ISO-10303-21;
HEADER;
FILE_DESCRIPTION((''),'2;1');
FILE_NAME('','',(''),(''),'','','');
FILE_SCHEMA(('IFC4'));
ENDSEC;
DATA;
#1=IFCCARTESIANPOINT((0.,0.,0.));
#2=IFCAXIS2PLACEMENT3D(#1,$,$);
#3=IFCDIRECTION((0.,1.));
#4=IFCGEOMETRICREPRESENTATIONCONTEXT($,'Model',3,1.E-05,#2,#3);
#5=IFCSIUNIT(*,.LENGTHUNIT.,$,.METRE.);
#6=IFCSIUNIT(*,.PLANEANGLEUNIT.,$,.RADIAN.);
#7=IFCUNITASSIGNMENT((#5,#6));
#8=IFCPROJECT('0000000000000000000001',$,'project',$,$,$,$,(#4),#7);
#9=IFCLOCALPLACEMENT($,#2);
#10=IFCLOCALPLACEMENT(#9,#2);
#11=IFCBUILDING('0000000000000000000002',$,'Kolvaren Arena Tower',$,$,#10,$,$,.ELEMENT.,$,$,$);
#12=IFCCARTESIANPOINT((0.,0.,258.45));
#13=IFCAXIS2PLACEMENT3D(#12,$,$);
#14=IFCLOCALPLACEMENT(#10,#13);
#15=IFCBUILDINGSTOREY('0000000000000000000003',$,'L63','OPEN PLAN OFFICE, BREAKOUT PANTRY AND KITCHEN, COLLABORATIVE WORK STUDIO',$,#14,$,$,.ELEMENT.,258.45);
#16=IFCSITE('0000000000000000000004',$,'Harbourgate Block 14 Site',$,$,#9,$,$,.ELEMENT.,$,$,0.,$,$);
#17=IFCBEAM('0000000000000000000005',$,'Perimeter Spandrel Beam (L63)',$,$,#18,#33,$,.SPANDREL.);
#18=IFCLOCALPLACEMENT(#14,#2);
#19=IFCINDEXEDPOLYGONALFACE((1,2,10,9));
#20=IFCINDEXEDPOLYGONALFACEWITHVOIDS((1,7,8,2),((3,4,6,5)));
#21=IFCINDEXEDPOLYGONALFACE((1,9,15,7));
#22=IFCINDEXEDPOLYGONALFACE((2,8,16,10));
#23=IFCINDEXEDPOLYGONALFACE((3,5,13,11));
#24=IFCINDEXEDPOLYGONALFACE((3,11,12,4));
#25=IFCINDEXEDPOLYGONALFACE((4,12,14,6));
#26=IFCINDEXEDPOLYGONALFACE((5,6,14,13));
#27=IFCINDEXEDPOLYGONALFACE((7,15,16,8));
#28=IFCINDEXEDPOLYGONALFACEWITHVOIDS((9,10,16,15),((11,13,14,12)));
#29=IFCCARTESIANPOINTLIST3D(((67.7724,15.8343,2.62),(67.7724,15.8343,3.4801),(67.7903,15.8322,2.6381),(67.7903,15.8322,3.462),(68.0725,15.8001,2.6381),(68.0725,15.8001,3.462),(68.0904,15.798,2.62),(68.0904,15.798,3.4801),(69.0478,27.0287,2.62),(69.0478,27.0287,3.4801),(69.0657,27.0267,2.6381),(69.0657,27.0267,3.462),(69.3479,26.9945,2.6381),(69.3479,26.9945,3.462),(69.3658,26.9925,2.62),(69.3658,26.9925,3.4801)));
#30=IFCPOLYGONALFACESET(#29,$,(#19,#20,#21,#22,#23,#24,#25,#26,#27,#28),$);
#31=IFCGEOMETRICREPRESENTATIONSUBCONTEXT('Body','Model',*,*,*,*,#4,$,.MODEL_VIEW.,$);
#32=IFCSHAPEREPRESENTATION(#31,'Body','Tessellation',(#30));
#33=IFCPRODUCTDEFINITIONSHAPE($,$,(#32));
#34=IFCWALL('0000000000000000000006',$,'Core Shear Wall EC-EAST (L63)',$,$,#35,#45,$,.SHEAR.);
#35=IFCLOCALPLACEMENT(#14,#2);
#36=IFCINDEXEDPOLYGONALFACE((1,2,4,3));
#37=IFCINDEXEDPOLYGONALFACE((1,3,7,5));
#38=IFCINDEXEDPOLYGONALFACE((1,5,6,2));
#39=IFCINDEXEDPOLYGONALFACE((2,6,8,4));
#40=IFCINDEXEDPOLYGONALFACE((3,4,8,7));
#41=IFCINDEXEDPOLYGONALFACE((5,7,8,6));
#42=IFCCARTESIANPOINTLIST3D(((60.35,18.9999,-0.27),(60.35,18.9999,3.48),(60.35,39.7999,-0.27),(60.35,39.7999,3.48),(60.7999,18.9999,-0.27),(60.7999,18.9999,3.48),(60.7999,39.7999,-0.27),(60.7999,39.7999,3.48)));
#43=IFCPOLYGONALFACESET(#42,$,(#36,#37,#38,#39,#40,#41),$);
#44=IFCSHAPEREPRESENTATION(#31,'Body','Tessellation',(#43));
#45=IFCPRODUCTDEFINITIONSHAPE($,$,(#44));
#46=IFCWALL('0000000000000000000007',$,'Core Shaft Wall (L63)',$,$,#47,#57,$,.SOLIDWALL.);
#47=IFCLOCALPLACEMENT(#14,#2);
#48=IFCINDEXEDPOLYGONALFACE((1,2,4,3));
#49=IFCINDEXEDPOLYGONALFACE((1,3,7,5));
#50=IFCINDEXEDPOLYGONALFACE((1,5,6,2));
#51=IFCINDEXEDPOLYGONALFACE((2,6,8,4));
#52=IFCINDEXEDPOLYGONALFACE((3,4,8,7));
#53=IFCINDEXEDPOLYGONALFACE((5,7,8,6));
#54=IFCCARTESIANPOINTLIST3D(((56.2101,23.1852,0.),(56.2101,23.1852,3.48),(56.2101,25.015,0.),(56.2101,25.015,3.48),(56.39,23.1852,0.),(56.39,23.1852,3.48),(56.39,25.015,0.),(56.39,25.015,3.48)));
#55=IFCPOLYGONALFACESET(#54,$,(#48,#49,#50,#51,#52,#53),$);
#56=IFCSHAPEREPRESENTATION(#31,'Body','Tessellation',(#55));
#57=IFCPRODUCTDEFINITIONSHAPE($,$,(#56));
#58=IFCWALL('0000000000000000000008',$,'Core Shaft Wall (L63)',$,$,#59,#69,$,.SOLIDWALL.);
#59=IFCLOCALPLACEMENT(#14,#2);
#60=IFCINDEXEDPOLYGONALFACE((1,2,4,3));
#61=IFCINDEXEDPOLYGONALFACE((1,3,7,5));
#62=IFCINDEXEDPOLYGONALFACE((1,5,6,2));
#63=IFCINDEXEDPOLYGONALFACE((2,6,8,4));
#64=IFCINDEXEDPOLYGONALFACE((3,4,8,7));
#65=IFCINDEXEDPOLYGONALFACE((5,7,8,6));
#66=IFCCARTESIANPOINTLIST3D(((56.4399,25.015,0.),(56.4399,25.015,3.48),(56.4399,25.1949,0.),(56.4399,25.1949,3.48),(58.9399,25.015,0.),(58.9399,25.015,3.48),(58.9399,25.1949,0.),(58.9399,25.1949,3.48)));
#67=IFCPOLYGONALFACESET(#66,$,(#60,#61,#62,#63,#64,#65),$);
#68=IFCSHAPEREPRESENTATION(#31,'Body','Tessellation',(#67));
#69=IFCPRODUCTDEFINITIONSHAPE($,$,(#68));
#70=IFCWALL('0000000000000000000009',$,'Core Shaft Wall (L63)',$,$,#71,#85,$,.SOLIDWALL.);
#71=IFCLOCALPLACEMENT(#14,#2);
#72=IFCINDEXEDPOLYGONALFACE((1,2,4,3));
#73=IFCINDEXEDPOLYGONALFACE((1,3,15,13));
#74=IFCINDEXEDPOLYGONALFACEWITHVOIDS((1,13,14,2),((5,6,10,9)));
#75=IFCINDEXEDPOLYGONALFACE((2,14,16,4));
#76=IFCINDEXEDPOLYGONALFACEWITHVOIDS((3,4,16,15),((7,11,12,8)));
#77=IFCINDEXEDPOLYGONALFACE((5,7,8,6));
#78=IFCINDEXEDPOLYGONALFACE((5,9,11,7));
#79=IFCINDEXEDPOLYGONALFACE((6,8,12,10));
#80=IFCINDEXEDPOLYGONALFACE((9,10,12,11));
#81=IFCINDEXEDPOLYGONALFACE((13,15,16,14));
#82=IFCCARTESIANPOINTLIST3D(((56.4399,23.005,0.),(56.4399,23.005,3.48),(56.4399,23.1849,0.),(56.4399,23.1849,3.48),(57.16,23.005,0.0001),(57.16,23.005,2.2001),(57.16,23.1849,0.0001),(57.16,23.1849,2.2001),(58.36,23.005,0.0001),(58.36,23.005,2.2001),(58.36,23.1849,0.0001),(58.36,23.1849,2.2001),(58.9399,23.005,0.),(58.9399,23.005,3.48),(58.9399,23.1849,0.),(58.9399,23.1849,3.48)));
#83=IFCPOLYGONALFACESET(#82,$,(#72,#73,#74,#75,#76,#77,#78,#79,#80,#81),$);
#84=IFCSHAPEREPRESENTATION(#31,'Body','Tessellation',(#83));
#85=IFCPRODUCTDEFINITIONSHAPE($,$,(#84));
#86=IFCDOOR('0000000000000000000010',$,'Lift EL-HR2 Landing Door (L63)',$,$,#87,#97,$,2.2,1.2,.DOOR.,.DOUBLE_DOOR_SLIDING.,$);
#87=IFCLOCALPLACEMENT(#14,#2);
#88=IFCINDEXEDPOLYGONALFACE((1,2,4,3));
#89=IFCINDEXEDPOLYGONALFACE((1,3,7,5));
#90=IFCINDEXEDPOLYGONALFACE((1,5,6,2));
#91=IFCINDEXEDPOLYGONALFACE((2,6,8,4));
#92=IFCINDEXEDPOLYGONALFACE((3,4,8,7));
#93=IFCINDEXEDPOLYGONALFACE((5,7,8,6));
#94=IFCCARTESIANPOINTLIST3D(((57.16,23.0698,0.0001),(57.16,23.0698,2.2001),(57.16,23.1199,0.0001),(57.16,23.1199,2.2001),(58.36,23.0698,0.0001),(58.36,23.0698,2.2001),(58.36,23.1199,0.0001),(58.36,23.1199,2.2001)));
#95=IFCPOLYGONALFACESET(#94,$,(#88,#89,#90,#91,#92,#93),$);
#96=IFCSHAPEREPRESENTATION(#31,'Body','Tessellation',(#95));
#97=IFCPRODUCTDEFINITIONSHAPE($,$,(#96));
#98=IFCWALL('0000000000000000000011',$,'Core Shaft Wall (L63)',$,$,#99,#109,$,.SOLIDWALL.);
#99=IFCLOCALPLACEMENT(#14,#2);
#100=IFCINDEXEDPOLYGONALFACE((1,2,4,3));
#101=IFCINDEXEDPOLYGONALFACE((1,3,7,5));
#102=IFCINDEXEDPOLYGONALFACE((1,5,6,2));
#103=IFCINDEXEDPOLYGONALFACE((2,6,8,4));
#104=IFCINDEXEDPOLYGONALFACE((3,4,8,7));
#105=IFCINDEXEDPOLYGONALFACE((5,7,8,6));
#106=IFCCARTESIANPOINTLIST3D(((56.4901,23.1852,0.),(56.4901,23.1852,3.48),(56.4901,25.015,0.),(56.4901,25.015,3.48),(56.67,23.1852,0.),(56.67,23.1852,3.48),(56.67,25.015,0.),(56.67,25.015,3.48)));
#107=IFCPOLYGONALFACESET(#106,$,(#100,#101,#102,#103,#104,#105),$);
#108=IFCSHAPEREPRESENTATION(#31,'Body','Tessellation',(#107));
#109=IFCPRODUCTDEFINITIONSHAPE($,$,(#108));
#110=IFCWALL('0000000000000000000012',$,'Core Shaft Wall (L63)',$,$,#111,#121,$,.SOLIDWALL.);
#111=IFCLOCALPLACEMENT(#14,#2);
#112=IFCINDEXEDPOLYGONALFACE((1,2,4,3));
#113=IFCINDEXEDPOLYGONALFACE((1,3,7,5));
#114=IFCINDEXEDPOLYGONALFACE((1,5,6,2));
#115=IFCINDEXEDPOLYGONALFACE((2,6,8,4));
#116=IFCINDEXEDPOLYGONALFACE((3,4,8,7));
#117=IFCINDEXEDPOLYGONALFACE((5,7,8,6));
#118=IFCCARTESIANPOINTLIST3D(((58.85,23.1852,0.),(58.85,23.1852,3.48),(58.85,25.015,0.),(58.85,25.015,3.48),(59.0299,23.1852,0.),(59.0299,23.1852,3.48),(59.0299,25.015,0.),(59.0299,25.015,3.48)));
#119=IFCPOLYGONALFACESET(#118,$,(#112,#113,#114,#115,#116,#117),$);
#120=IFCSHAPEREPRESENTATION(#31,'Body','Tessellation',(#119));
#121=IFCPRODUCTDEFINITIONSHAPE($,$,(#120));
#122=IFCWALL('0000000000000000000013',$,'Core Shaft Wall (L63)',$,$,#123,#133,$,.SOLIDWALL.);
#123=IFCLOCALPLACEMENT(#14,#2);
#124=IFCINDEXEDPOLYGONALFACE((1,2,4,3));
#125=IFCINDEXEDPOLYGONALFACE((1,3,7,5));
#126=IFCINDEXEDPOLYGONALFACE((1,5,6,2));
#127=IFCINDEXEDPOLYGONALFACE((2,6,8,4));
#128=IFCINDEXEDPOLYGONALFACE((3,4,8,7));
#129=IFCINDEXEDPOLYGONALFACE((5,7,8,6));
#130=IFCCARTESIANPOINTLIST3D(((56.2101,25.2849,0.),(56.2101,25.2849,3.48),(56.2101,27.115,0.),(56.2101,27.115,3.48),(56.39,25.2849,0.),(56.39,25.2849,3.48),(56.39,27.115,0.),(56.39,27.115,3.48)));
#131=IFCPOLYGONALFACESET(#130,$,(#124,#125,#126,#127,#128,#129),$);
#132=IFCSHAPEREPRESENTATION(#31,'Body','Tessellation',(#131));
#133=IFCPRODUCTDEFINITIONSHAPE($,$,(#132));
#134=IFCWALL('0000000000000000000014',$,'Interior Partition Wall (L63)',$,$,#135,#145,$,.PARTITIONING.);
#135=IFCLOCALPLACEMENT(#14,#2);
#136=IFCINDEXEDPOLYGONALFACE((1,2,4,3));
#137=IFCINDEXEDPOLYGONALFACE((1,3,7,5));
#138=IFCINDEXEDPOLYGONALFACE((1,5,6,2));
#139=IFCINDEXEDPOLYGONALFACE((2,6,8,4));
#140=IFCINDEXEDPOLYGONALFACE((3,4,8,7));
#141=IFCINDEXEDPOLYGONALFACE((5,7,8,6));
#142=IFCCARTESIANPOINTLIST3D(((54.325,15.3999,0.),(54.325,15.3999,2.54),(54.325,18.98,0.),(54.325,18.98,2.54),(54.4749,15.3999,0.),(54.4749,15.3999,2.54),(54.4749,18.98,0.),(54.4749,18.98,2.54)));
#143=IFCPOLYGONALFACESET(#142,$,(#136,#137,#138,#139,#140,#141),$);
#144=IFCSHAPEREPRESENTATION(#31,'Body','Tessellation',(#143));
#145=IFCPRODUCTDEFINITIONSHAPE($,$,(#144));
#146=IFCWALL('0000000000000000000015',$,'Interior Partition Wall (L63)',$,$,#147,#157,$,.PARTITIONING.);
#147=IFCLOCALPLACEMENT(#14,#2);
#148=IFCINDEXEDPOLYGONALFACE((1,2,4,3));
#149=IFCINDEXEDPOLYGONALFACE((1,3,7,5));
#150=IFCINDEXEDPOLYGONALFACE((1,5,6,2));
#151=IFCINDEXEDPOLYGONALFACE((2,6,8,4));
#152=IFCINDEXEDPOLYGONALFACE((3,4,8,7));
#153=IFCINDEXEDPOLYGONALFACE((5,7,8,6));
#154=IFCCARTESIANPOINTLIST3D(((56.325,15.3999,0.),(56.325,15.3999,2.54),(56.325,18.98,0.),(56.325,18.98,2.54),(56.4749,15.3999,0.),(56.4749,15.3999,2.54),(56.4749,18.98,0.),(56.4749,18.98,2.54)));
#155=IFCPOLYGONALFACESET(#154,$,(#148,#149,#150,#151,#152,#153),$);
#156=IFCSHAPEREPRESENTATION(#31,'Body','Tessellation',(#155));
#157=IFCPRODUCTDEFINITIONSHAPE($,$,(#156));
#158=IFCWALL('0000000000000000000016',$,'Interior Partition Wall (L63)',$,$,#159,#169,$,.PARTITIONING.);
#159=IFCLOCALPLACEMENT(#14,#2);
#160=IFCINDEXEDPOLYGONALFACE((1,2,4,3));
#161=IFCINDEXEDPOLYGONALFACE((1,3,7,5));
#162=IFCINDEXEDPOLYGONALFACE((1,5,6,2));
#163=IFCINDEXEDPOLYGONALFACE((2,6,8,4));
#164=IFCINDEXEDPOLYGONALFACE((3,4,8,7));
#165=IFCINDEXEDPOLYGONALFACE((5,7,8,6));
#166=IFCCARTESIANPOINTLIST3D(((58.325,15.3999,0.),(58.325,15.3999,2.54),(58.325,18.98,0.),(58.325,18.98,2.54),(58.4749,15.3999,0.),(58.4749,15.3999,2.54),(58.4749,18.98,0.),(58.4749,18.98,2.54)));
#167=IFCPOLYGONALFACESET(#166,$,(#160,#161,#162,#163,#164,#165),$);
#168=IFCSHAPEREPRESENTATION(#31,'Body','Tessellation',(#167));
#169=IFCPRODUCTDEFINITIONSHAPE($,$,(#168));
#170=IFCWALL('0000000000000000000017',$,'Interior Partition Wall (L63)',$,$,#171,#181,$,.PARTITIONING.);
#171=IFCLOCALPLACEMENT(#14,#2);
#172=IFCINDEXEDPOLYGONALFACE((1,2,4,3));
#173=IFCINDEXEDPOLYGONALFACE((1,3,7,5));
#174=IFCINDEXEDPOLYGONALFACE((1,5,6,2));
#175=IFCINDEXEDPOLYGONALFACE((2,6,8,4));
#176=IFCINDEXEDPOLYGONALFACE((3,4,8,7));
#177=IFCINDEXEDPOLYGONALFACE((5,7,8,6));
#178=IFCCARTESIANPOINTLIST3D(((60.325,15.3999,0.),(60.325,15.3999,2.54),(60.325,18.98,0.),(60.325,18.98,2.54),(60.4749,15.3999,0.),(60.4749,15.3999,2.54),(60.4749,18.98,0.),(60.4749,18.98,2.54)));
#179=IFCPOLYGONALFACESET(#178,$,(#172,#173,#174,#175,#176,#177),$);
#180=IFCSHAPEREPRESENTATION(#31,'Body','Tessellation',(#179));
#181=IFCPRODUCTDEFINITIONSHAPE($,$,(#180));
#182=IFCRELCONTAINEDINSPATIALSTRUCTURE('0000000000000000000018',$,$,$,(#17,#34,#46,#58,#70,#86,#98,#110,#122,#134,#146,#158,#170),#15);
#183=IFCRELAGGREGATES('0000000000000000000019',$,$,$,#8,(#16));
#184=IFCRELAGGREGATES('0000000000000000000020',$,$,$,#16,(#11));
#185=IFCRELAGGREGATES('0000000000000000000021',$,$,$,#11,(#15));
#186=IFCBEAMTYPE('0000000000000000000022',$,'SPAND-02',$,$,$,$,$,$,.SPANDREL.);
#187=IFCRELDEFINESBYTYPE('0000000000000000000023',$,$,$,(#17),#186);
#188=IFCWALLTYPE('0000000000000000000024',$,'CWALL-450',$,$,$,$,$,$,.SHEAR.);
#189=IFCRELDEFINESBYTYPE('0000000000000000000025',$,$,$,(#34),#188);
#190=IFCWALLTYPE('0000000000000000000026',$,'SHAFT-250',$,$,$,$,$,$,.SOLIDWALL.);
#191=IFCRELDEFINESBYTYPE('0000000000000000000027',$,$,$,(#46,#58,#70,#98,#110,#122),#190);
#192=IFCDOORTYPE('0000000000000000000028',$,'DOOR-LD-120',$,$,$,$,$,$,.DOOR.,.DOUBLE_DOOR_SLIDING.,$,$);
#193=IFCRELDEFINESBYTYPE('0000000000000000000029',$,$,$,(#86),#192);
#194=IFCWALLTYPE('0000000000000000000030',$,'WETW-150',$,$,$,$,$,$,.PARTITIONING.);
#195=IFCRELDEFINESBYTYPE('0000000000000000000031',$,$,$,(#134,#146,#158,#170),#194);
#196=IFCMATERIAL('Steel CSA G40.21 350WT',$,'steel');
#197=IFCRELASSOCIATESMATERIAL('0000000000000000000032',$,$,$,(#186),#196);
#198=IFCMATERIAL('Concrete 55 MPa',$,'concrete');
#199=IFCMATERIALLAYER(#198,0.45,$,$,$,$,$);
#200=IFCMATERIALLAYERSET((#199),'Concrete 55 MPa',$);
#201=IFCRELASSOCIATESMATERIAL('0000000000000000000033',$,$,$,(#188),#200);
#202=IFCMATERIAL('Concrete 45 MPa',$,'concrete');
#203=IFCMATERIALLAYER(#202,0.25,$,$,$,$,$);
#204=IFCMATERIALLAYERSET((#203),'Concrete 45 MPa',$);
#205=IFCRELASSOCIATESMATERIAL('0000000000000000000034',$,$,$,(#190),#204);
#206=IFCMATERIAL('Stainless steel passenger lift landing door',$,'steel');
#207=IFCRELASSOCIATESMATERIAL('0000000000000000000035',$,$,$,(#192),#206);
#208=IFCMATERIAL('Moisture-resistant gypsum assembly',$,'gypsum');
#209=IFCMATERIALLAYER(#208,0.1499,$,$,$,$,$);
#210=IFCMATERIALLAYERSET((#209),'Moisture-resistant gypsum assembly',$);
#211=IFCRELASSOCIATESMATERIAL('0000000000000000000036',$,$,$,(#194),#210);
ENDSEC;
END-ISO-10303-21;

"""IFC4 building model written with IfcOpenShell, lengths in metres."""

from ifc_helpers import new_model, si_unit, direction, frame, frame_2d, origin, origin_2d, place, context, subcontext, project, spatial, rectangle, hollow_rectangle, extrude, material, layer, layer_set, material_profile, profile_set, type_object, element, fill, save


model = new_model("IFC4")

# Units and contexts
model_context = context("Model", 3, precision=1e-05, world=origin(), true_north=direction((0.0, 1.0)))
body_context = subcontext(model_context, "Body", "Model", "MODEL_VIEW")
ifc_project = project(units=[si_unit("LENGTHUNIT", "METRE"), si_unit("PLANEANGLEUNIT", "RADIAN")], contexts=[model_context])

# Site, building, storey
site_placement = place(None, origin())
site = spatial("IfcSite", under=ifc_project, at=site_placement, Name="Harbourgate Block 14 Site", CompositionType="ELEMENT", RefElevation=0.0)
building_placement = place(site_placement, origin())
building = spatial("IfcBuilding", under=site, at=building_placement, Name="Kolvaren Arena Tower", CompositionType="ELEMENT")
storey_placement = place(building_placement, frame((0.0, 0.0, 258.45)))
storey = spatial("IfcBuildingStorey", under=building, at=storey_placement, Name="L63", Description="OPEN PLAN OFFICE, BREAKOUT PANTRY AND KITCHEN, COLLABORATIVE WORK STUDIO", CompositionType="ELEMENT", Elevation=258.45)

# Beam
ifc_material_1 = material(Name="Steel CSA G40.21 350WT", Category="steel")
ifc_material_profile_1 = material_profile(ifc_material_1, hollow_rectangle(XDim=0.3201, YDim=0.8601, WallThickness=0.0181, at=origin_2d()), Name="HSS 860x320x18")
ifc_profile_set_1 = profile_set([ifc_material_profile_1], Name="Steel CSA G40.21 350WT")
beam_type_1 = type_object("IfcBeamType", Name="SPAND-02", PredefinedType="SPANDREL", material=ifc_profile_set_1)
beam_1_placement = place(storey_placement, frame((67.9314, 15.8162, 3.05), z_axis=(0.113199, 0.993572, 0.0), x_axis=(-0.993572, 0.113199, 0.0)))
element("IfcBeam", 1, at=beam_1_placement, inside=storey, type_object=beam_type_1, Name="Perimeter Spandrel Beam (L63)", PredefinedType="SPANDREL", context=body_context, shape_type="SweptSolid", body=[
    extrude(hollow_rectangle(XDim=0.3201, YDim=0.8601, WallThickness=0.0181, at=origin_2d()), origin(), (0.0, 0.0, 1.0), 11.2668),
])

# Walls
ifc_material_2 = material(Name="Concrete 55 MPa", Category="concrete")
ifc_layer_1 = layer(ifc_material_2, 0.45)
ifc_layer_set_1 = layer_set([ifc_layer_1], Name="Concrete 55 MPa")
wall_type_1 = type_object("IfcWallType", Name="CWALL-450", PredefinedType="SHEAR", material=ifc_layer_set_1)
wall_1_placement = place(storey_placement, frame((60.575, 19.0, -0.27), z_axis=(0.0, 0.0, 1.0), x_axis=(0.0, 1.0, 0.0)))
element("IfcWall", 2, at=wall_1_placement, inside=storey, type_object=wall_type_1, Name="Core Shear Wall EC-EAST (L63)", PredefinedType="SHEAR", context=body_context, shape_type="SweptSolid", body=[
    extrude(rectangle(XDim=20.8, YDim=0.45, at=frame_2d((10.3999, 0.0))), origin(), (0.0, 0.0, 1.0), 3.75),
])
ifc_material_3 = material(Name="Concrete 45 MPa", Category="concrete")
ifc_layer_2 = layer(ifc_material_3, 0.25)
ifc_layer_set_2 = layer_set([ifc_layer_2], Name="Concrete 45 MPa")
wall_type_2 = type_object("IfcWallType", Name="SHAFT-250", PredefinedType="SOLIDWALL", material=ifc_layer_set_2)
wall_2_placement = place(storey_placement, frame((56.3, 23.1851, 0.0), z_axis=(0.0, 0.0, 1.0), x_axis=(0.0, 1.0, 0.0)))
element("IfcWall", 3, at=wall_2_placement, inside=storey, type_object=wall_type_2, Name="Core Shaft Wall (L63)", PredefinedType="SOLIDWALL", context=body_context, shape_type="SweptSolid", body=[
    extrude(rectangle(XDim=1.8298, YDim=0.1799, at=frame_2d((0.915, 0.0))), origin(), (0.0, 0.0, 1.0), 3.48),
])
wall_3_placement = place(storey_placement, frame((56.4399, 25.105, 0.0), z_axis=(0.0, 0.0, 1.0), x_axis=(1.0, 0.0, 0.0)))
element("IfcWall", 4, at=wall_3_placement, inside=storey, type_object=wall_type_2, Name="Core Shaft Wall (L63)", PredefinedType="SOLIDWALL", context=body_context, shape_type="SweptSolid", body=[
    extrude(rectangle(XDim=2.5, YDim=0.1799, at=frame_2d((1.25, 0.0))), origin(), (0.0, 0.0, 1.0), 3.48),
])

# Wall, opening, door
wall_4_placement = place(storey_placement, frame((56.4399, 23.095, 0.0), z_axis=(0.0, 0.0, 1.0), x_axis=(1.0, 0.0, 0.0)))
wall_4 = element("IfcWall", 5, at=wall_4_placement, inside=storey, type_object=wall_type_2, Name="Core Shaft Wall (L63)", PredefinedType="SOLIDWALL", context=body_context, shape_type="SweptSolid", body=[
    extrude(rectangle(XDim=2.5, YDim=0.1799, at=frame_2d((1.25, 0.0))), origin(), (0.0, 0.0, 1.0), 3.48),
])
opening_1_placement = place(wall_4_placement, frame((0.72, 0.0, 0.0)))
opening_1 = element("IfcOpeningElement", 6, at=opening_1_placement, cuts=wall_4, PredefinedType="OPENING", context=body_context, shape_type="SweptSolid", body=[
    extrude(rectangle(XDim=1.2, YDim=2.2, at=frame_2d((0.6001, 1.1001))), frame((0.0, 0.0999, 0.0), z_axis=(0.0, -1.0, 0.0), x_axis=(1.0, 0.0, 0.0)), (0.0, 0.0, 1.0), 0.2),
])
ifc_material_4 = material(Name="Stainless steel passenger lift landing door", Category="steel")
door_type_1 = type_object("IfcDoorType", Name="DOOR-LD-120", OperationType="DOUBLE_DOOR_SLIDING", PredefinedType="DOOR", material=ifc_material_4)
door_1_placement = place(opening_1_placement, origin())
door_1 = element("IfcDoor", 7, at=door_1_placement, inside=storey, type_object=door_type_1, Name="Lift EL-HR2 Landing Door (L63)", OperationType="DOUBLE_DOOR_SLIDING", OverallHeight=2.2, OverallWidth=1.2, PredefinedType="DOOR", context=body_context, shape_type="SweptSolid", body=[
    extrude(rectangle(XDim=1.2, YDim=2.2, at=frame_2d((0.6001, 1.1001))), frame((0.0, 0.0249, 0.0), z_axis=(0.0, -1.0, 0.0), x_axis=(1.0, 0.0, 0.0)), (0.0, 0.0, 1.0), 0.05),
])
fill(opening_1, door_1)

# Walls
for number, where, z_axis, x_axis, name in (
    (8, (56.5801, 23.1851, 0.0), (0.0, 0.0, 1.0), (0.0, 1.0, 0.0), "Core Shaft Wall (L63)"),
    (9, (58.9399, 23.1851, 0.0), (0.0, 0.0, 1.0), (0.0, 1.0, 0.0), "Core Shaft Wall (L63)"),
):
    element("IfcWall", number, at=place(storey_placement, frame(where, z_axis=z_axis, x_axis=x_axis)), inside=storey, type_object=wall_type_2, Name=name, PredefinedType="SOLIDWALL", context=body_context, shape_type="SweptSolid", body=[
        extrude(rectangle(XDim=1.8298, YDim=0.1799, at=frame_2d((0.915, 0.0))), origin(), (0.0, 0.0, 1.0), 3.48),
    ])
wall_5_placement = place(storey_placement, frame((56.3, 25.2849, 0.0), z_axis=(0.0, 0.0, 1.0), x_axis=(0.0, 1.0, 0.0)))
element("IfcWall", 10, at=wall_5_placement, inside=storey, type_object=wall_type_2, Name="Core Shaft Wall (L63)", PredefinedType="SOLIDWALL", context=body_context, shape_type="SweptSolid", body=[
    extrude(rectangle(XDim=1.8301, YDim=0.1799, at=frame_2d((0.915, 0.0))), origin(), (0.0, 0.0, 1.0), 3.48),
])
ifc_material_5 = material(Name="Moisture-resistant gypsum assembly", Category="gypsum")
ifc_layer_3 = layer(ifc_material_5, 0.1499)
ifc_layer_set_3 = layer_set([ifc_layer_3], Name="Moisture-resistant gypsum assembly")
wall_type_3 = type_object("IfcWallType", Name="WETW-150", PredefinedType="PARTITIONING", material=ifc_layer_set_3)
for number, where, z_axis, x_axis, name in (
    (11, (54.3999, 15.3999, 0.0), (0.0, 0.0, 1.0), (0.0, 1.0, 0.0), "Interior Partition Wall (L63)"),
    (12, (56.3999, 15.3999, 0.0), (0.0, 0.0, 1.0), (0.0, 1.0, 0.0), "Interior Partition Wall (L63)"),
    (13, (58.3999, 15.3999, 0.0), (0.0, 0.0, 1.0), (0.0, 1.0, 0.0), "Interior Partition Wall (L63)"),
    (14, (60.3999, 15.3999, 0.0), (0.0, 0.0, 1.0), (0.0, 1.0, 0.0), "Interior Partition Wall (L63)"),
):
    element("IfcWall", number, at=place(storey_placement, frame(where, z_axis=z_axis, x_axis=x_axis)), inside=storey, type_object=wall_type_3, Name=name, PredefinedType="PARTITIONING", context=body_context, shape_type="SweptSolid", body=[
        extrude(rectangle(XDim=3.5801, YDim=0.1499, at=frame_2d((1.79, 0.0))), origin(), (0.0, 0.0, 1.0), 2.54),
    ])

save(model, "model.ifc")
